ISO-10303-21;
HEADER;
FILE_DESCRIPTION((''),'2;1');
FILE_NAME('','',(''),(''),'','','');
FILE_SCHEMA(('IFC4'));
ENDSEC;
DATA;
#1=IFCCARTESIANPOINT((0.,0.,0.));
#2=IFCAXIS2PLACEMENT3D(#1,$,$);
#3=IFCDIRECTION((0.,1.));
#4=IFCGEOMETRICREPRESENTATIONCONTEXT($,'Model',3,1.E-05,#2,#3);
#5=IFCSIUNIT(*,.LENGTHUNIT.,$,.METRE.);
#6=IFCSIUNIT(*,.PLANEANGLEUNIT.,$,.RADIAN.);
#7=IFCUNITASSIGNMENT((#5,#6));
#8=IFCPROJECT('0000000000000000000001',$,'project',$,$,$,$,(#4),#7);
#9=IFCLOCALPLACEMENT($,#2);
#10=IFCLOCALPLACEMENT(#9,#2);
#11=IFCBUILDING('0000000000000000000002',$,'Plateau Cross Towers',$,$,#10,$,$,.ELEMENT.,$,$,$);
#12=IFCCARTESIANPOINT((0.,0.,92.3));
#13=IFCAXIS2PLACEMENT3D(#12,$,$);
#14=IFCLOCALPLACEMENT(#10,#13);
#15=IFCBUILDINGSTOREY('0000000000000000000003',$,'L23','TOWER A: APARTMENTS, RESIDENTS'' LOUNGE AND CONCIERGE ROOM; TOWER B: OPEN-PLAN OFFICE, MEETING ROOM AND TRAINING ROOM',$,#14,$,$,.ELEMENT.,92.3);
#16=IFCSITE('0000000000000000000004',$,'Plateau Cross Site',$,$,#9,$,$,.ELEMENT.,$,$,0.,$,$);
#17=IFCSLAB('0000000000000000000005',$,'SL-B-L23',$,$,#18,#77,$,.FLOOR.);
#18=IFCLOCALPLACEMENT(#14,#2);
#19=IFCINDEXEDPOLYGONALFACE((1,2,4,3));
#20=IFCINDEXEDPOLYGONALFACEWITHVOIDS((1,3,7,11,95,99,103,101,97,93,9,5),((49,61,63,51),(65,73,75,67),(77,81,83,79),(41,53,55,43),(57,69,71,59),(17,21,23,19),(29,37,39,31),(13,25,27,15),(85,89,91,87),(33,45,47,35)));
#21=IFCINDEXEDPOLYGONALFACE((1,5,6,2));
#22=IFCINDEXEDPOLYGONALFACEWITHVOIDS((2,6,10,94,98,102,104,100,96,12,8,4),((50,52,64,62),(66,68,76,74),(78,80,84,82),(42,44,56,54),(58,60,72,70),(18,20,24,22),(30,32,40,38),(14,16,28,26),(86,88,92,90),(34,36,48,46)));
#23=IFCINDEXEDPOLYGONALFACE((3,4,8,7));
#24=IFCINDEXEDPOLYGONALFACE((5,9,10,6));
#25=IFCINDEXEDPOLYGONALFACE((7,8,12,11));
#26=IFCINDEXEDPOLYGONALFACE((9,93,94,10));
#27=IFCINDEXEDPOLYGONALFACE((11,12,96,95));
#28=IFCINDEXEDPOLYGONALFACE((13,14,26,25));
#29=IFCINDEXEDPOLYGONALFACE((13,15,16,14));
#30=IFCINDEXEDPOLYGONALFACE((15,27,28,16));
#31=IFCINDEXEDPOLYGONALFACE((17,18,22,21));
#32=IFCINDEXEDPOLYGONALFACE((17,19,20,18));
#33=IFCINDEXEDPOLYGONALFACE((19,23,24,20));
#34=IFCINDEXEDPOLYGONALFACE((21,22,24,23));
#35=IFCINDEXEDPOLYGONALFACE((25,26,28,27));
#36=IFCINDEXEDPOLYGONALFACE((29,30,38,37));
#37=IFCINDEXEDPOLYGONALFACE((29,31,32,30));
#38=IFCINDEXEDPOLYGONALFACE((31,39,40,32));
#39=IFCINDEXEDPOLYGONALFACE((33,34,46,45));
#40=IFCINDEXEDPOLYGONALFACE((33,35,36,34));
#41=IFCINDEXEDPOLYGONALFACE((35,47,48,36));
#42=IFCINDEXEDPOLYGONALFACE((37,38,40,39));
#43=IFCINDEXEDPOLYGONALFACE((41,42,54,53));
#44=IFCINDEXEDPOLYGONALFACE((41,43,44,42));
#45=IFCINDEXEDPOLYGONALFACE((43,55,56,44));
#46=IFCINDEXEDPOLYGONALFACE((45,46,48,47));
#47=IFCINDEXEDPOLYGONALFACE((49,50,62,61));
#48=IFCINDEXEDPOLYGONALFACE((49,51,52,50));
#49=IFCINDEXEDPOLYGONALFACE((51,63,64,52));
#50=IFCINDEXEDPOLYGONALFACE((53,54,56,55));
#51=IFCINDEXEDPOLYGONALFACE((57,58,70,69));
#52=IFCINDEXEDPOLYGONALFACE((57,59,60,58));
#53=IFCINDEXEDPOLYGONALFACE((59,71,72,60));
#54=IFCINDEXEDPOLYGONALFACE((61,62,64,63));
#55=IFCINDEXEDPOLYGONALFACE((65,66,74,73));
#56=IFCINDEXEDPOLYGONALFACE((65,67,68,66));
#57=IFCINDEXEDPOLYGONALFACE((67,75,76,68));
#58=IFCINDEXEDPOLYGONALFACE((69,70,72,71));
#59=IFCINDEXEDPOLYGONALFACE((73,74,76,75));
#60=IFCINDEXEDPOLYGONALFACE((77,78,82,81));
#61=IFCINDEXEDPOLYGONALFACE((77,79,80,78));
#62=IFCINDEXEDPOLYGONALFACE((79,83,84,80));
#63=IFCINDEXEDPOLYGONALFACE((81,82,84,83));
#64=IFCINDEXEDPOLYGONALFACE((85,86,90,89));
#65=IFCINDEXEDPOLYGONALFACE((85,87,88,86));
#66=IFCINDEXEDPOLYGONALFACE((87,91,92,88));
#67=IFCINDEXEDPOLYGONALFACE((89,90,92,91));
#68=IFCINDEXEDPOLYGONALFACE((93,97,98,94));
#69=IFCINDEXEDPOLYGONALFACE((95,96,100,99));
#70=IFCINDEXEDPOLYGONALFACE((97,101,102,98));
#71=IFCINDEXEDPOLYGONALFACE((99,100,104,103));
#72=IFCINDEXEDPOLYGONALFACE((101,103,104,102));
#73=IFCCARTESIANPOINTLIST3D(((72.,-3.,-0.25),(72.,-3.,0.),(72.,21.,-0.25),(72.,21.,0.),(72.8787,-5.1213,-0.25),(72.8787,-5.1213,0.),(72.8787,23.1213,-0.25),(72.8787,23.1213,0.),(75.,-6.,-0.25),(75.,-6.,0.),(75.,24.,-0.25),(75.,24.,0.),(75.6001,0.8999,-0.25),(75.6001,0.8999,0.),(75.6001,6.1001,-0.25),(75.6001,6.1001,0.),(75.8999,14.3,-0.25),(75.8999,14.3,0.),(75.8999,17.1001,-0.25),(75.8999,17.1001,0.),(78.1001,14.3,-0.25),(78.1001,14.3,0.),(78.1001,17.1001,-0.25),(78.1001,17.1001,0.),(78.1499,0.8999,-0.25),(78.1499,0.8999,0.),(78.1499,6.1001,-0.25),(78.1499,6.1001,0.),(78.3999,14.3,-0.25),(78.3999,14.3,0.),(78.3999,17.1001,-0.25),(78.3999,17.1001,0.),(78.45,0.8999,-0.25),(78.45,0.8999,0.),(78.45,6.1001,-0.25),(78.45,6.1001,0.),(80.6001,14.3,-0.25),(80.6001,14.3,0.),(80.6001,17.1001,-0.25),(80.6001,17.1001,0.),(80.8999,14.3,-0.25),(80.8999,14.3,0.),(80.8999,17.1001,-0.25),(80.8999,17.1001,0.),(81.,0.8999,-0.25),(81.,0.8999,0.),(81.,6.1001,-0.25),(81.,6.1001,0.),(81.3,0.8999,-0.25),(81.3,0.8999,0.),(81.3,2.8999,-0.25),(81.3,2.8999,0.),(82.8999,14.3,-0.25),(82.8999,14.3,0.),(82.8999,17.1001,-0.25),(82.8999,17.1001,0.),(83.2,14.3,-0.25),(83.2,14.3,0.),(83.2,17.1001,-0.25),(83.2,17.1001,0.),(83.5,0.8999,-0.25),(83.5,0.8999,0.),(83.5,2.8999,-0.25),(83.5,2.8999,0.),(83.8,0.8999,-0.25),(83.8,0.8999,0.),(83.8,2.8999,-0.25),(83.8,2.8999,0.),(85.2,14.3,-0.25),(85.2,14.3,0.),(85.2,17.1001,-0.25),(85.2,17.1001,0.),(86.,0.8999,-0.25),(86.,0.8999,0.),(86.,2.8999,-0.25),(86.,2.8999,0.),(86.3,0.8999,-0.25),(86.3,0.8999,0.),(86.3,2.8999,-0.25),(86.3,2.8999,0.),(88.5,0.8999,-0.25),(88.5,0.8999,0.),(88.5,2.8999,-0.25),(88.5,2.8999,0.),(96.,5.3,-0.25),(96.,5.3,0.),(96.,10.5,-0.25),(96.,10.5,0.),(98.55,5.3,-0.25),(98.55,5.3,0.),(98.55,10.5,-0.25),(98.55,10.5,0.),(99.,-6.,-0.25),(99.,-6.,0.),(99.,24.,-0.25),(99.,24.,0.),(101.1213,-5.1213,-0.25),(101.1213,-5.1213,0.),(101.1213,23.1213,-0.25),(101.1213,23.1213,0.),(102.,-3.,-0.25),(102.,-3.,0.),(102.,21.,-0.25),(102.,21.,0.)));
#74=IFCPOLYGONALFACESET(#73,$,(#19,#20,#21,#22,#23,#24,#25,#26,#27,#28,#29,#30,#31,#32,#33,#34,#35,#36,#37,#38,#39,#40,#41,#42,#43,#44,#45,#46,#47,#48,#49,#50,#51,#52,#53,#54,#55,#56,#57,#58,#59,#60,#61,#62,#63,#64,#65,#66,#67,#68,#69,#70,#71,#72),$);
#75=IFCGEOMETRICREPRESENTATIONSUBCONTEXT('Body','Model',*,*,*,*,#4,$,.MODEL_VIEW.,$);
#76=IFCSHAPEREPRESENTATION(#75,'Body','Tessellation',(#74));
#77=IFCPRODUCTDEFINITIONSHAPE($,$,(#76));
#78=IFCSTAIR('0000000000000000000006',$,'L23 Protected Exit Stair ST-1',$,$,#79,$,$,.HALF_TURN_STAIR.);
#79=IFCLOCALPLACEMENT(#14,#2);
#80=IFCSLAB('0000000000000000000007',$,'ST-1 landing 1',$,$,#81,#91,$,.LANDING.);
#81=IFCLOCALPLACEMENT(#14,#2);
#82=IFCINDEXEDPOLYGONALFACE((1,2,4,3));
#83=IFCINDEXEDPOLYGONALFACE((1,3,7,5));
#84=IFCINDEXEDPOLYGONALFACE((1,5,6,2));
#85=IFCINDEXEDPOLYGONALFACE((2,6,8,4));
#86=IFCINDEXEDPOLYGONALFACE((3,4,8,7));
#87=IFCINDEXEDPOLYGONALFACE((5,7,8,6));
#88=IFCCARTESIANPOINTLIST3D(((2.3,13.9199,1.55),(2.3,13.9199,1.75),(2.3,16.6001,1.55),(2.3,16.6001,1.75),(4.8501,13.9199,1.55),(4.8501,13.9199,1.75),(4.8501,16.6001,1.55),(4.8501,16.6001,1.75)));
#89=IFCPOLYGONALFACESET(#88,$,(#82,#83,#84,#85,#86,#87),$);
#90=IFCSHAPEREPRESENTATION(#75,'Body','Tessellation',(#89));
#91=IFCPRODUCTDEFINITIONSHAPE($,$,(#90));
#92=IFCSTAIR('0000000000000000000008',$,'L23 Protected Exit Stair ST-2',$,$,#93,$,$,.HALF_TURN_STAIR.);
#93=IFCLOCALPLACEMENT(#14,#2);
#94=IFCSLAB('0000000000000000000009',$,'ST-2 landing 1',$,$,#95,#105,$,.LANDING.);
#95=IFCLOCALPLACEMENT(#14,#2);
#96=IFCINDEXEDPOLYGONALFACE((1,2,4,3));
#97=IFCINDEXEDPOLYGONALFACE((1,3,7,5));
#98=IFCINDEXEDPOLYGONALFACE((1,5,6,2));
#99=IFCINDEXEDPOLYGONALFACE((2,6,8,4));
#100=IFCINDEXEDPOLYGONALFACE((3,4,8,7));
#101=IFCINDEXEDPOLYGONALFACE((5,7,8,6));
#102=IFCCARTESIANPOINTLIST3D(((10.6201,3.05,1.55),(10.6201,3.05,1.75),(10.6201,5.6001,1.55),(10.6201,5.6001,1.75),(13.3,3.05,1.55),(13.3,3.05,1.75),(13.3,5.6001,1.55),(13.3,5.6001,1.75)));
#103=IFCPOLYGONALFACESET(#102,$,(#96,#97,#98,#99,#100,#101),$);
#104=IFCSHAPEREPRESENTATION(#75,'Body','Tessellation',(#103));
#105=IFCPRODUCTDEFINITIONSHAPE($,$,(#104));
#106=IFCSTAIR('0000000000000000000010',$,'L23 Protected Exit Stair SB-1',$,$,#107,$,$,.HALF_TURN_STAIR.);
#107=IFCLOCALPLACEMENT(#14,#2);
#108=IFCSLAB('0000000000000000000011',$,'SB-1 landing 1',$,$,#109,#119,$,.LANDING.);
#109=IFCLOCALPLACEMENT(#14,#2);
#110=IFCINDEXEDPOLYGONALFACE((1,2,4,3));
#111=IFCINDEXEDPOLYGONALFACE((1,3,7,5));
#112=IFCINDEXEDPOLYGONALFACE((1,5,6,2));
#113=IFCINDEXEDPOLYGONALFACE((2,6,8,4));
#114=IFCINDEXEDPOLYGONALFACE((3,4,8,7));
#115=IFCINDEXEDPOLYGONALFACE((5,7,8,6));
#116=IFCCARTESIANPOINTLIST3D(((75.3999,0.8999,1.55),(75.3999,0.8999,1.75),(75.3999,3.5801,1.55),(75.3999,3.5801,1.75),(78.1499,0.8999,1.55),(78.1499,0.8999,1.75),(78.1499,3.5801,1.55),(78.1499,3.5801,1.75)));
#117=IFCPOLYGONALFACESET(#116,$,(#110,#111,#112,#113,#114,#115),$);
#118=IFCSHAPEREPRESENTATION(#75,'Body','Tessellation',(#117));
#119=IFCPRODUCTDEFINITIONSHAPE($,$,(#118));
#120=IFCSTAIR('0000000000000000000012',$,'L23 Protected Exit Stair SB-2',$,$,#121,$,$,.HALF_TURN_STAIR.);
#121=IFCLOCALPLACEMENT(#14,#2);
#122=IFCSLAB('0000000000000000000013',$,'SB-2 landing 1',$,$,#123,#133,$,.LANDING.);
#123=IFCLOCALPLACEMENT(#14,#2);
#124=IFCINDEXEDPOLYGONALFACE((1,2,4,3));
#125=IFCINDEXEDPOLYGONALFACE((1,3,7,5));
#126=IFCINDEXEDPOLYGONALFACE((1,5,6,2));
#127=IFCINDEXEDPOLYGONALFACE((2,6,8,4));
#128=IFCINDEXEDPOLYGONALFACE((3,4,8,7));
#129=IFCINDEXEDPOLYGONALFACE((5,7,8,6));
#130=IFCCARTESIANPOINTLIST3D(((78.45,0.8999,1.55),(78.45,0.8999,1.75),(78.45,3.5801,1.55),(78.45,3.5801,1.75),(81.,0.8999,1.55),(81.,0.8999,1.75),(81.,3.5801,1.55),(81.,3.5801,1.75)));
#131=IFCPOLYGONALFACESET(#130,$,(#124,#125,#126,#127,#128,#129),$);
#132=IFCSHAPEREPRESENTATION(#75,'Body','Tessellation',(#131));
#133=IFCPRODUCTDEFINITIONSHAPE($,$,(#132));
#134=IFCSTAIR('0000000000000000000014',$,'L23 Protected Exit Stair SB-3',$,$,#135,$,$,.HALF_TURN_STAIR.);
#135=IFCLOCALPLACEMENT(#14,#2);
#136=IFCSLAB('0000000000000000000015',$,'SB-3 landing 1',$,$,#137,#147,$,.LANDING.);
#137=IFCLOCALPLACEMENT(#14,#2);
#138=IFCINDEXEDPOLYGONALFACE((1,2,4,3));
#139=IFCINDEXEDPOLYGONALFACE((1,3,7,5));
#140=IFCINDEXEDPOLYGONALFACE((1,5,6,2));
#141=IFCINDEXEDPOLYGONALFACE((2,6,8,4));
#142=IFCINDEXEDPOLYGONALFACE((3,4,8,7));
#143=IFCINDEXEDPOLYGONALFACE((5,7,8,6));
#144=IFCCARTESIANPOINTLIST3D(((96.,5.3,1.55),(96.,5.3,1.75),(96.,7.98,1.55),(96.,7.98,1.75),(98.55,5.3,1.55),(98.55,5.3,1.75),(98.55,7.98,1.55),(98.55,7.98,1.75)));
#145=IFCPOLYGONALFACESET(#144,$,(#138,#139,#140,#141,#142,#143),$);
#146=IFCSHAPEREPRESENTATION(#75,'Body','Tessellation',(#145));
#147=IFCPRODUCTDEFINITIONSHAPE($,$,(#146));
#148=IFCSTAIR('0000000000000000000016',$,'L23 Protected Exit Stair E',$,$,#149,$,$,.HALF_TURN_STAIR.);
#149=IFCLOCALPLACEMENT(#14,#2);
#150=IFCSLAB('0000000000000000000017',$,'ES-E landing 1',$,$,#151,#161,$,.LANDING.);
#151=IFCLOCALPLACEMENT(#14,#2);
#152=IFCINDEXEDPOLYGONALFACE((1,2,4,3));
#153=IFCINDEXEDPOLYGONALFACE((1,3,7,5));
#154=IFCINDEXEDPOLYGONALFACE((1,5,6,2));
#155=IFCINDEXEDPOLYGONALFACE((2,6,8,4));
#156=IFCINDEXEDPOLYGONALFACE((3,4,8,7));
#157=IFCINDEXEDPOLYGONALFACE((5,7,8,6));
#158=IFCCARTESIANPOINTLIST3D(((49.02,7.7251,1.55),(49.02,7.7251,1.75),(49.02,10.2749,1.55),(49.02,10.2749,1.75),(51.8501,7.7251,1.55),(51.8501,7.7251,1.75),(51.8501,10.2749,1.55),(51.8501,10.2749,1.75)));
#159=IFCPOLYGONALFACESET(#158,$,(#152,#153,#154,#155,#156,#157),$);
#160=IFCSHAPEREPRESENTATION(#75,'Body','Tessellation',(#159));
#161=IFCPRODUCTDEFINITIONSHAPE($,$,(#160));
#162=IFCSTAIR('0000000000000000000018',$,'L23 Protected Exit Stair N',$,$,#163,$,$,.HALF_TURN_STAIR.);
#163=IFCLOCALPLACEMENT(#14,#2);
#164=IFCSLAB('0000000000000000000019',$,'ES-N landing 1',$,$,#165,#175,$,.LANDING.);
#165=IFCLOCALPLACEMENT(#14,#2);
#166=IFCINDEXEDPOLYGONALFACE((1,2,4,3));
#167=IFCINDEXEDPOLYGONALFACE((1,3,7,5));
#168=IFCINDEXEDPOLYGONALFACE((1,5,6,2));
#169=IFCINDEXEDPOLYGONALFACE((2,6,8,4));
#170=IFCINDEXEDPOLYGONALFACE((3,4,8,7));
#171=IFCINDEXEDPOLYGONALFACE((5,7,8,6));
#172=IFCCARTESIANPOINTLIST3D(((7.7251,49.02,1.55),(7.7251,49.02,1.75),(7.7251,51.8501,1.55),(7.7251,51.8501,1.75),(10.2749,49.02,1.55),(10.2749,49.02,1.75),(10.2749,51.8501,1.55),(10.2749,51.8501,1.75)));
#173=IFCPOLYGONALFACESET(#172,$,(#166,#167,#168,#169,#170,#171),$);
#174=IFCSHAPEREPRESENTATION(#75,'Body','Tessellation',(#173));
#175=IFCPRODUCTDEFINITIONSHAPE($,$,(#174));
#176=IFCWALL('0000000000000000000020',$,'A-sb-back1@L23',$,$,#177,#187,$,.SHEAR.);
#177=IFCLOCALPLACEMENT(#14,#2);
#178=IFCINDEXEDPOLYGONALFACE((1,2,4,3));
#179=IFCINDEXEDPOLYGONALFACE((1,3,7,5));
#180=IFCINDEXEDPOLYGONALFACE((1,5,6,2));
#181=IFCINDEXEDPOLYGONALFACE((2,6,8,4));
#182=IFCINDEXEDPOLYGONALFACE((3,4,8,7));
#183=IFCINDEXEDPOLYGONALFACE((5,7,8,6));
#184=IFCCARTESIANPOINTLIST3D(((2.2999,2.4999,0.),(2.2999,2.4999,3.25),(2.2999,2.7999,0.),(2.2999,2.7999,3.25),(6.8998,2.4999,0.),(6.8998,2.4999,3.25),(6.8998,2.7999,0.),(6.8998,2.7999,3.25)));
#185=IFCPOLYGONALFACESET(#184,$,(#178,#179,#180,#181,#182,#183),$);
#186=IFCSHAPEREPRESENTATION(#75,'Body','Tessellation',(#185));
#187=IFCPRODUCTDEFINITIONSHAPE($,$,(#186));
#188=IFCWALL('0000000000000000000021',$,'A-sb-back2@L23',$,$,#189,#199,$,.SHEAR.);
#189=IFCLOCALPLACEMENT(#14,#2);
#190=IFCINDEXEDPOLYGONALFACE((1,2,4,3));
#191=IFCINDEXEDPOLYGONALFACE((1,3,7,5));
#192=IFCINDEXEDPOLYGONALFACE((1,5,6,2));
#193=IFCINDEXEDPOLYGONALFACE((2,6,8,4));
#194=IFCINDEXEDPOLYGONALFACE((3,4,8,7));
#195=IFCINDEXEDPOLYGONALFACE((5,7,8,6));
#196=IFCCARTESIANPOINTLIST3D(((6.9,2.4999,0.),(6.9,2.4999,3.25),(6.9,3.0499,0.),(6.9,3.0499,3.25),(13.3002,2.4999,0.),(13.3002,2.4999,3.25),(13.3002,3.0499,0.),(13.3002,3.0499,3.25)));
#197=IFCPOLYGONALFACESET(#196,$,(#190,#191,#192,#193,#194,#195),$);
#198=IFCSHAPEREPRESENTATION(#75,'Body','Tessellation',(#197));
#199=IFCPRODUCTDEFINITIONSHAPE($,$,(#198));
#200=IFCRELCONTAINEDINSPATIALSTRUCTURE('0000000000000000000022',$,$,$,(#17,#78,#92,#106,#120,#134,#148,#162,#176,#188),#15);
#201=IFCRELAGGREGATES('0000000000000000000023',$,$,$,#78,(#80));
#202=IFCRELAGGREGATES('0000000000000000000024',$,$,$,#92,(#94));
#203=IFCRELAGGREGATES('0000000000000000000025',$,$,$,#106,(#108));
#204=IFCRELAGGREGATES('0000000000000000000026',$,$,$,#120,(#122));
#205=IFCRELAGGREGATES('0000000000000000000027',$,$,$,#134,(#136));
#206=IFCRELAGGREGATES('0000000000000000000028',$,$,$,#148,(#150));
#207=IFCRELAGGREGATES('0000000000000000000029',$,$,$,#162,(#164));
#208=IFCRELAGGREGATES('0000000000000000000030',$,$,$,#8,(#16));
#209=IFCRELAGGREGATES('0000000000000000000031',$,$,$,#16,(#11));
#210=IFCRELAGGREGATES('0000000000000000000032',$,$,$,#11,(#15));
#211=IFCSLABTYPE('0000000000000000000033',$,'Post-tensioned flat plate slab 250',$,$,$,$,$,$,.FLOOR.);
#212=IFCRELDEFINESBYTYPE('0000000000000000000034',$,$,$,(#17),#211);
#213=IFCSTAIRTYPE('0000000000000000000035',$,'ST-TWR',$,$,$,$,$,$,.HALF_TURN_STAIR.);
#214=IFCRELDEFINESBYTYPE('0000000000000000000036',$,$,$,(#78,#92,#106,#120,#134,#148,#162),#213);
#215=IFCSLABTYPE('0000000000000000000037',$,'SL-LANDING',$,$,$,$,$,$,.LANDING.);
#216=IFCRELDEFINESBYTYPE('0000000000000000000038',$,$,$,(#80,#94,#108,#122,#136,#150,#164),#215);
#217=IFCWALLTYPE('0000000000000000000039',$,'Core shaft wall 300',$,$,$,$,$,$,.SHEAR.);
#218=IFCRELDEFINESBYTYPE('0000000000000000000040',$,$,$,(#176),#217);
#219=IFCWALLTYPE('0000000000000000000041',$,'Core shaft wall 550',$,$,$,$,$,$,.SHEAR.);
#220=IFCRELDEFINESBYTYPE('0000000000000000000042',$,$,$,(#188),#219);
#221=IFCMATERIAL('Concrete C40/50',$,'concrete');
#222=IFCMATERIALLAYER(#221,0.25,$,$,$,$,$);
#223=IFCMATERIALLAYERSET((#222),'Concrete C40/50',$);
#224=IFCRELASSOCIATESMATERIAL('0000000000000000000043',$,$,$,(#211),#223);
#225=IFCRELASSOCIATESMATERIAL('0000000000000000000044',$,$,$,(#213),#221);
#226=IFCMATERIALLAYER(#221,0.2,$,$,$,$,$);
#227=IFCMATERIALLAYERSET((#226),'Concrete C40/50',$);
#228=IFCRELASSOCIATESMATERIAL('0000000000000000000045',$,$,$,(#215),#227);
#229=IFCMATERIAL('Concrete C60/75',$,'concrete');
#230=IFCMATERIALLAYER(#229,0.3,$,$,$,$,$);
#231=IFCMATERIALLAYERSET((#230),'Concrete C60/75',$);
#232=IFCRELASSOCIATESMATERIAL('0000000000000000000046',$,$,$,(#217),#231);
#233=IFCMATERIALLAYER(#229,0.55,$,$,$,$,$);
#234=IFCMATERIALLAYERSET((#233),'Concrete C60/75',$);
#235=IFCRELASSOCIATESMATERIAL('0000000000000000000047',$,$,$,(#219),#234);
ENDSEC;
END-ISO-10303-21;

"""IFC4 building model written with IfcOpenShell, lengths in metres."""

from ifc_helpers import new_model, si_unit, direction, frame, frame_2d, origin, place, context, subcontext, project, spatial, polyline, rectangle, outline, extrude, material, layer, layer_set, type_object, element, aggregate, save


model = new_model("IFC4")

# Units and contexts
model_context = context("Model", 3, precision=1e-05, world=origin(), true_north=direction((0.0, 1.0)))
body_context = subcontext(model_context, "Body", "Model", "MODEL_VIEW")
ifc_project = project(units=[si_unit("LENGTHUNIT", "METRE"), si_unit("PLANEANGLEUNIT", "RADIAN")], contexts=[model_context])

# Site, building, storey
site_placement = place(None, origin())
site = spatial("IfcSite", under=ifc_project, at=site_placement, Name="Plateau Cross Site", CompositionType="ELEMENT", RefElevation=0.0)
building_placement = place(site_placement, origin())
building = spatial("IfcBuilding", under=site, at=building_placement, Name="Plateau Cross Towers", CompositionType="ELEMENT")
storey_placement = place(building_placement, frame((0.0, 0.0, 92.3)))
storey = spatial("IfcBuildingStorey", under=building, at=storey_placement, Name="L23", Description="TOWER A: APARTMENTS, RESIDENTS' LOUNGE AND CONCIERGE ROOM; TOWER B: OPEN-PLAN OFFICE, MEETING ROOM AND TRAINING ROOM", CompositionType="ELEMENT", Elevation=92.3)

# Shared definitions
ifc_material_1 = material(Name="Concrete C60/75", Category="concrete")

# Shared definitions
ifc_material_2 = material(Name="Concrete C40/50", Category="concrete")

# Slab
ifc_layer_1 = layer(ifc_material_2, 0.25)
ifc_layer_set_1 = layer_set([ifc_layer_1], Name="Concrete C40/50")
slab_type_1 = type_object("IfcSlabType", Name="Post-tensioned flat plate slab 250", PredefinedType="FLOOR", material=ifc_layer_set_1)
slab_1_placement = place(storey_placement, frame((0.0, 0.0, -0.25)))
element("IfcSlab", 1, at=slab_1_placement, inside=storey, type_object=slab_type_1, Name="SL-B-L23", PredefinedType="FLOOR", context=body_context, shape_type="SweptSolid", body=[
    extrude(outline(polyline([(72.8787, -5.1213), (72.0, -3.0), (72.0, 21.0), (72.8787, 23.1213), (75.0, 24.0), (99.0, 24.0), (101.1213, 23.1213), (102.0, 21.0), (102.0, -3.0), (101.1213, -5.1213), (99.0, -6.0), (75.0, -6.0), (72.8787, -5.1213)]), holes=[polyline([(75.6001, 0.8999), (78.1499, 0.8999), (78.1499, 6.1001), (75.6001, 6.1001), (75.6001, 0.8999)]), polyline([(78.1001, 14.3), (78.1001, 17.1001), (75.8999, 17.1001), (75.8999, 14.3), (78.1001, 14.3)]), polyline([(83.5, 0.8999), (83.5, 2.8999), (81.3, 2.8999), (81.3, 0.8999), (83.5, 0.8999)]), polyline([(86.0, 0.8999), (86.0, 2.8999), (83.8, 2.8999), (83.8, 0.8999), (86.0, 0.8999)]), polyline([(88.5, 0.8999), (88.5, 2.8999), (86.3, 2.8999), (86.3, 0.8999), (88.5, 0.8999)]), polyline([(78.45, 0.8999), (81.0, 0.8999), (81.0, 6.1001), (78.45, 6.1001), (78.45, 0.8999)]), polyline([(96.0, 5.3), (98.55, 5.3), (98.55, 10.5), (96.0, 10.5), (96.0, 5.3)]), polyline([(80.6001, 14.3), (80.6001, 17.1001), (78.3999, 17.1001), (78.3999, 14.3), (80.6001, 14.3)]), polyline([(80.8999, 14.3), (82.8999, 14.3), (82.8999, 17.1001), (80.8999, 17.1001), (80.8999, 14.3)]), polyline([(83.2, 14.3), (85.2, 14.3), (85.2, 17.1001), (83.2, 17.1001), (83.2, 14.3)])]), origin(), (0.0, 0.0, 1.0), 0.25),
])

# Stairs, slabs
stair_type = type_object("IfcStairType", Name="ST-TWR", PredefinedType="HALF_TURN_STAIR", material=ifc_material_2)
stair_1_placement = place(storey_placement, origin())
stair_1 = element("IfcStair", 2, at=stair_1_placement, inside=storey, type_object=stair_type, Name="L23 Protected Exit Stair ST-1", PredefinedType="HALF_TURN_STAIR")
ifc_layer_2 = layer(ifc_material_2, 0.2)
ifc_layer_set_2 = layer_set([ifc_layer_2], Name="Concrete C40/50")
slab_type_2 = type_object("IfcSlabType", Name="SL-LANDING", PredefinedType="LANDING", material=ifc_layer_set_2)
slab_2_placement = place(storey_placement, frame((0.0, 0.0, 1.55)))
slab_2 = element("IfcSlab", 3, at=slab_2_placement, type_object=slab_type_2, Name="ST-1 landing 1", PredefinedType="LANDING", context=body_context, shape_type="SweptSolid", body=[
    extrude(outline(polyline([(4.8501, 13.9199), (4.8501, 16.6001), (2.3, 16.6001), (2.3, 13.9199), (4.8501, 13.9199)])), origin(), (0.0, 0.0, 1.0), 0.2),
])
aggregate(stair_1, [slab_2])
stair_2_placement = place(storey_placement, origin())
stair_2 = element("IfcStair", 4, at=stair_2_placement, inside=storey, type_object=stair_type, Name="L23 Protected Exit Stair ST-2", PredefinedType="HALF_TURN_STAIR")
slab_3_placement = place(storey_placement, frame((0.0, 0.0, 1.55)))
slab_3 = element("IfcSlab", 5, at=slab_3_placement, type_object=slab_type_2, Name="ST-2 landing 1", PredefinedType="LANDING", context=body_context, shape_type="SweptSolid", body=[
    extrude(outline(polyline([(10.6201, 3.05), (13.3, 3.05), (13.3, 5.6001), (10.6201, 5.6001), (10.6201, 3.05)])), origin(), (0.0, 0.0, 1.0), 0.2),
])
aggregate(stair_2, [slab_3])
stair_3_placement = place(storey_placement, origin())
stair_3 = element("IfcStair", 6, at=stair_3_placement, inside=storey, type_object=stair_type, Name="L23 Protected Exit Stair SB-1", PredefinedType="HALF_TURN_STAIR")
slab_4_placement = place(storey_placement, frame((0.0, 0.0, 1.55)))
slab_4 = element("IfcSlab", 7, at=slab_4_placement, type_object=slab_type_2, Name="SB-1 landing 1", PredefinedType="LANDING", context=body_context, shape_type="SweptSolid", body=[
    extrude(outline(polyline([(75.3999, 3.5801), (75.3999, 0.8999), (78.1499, 0.8999), (78.1499, 3.5801), (75.3999, 3.5801)])), origin(), (0.0, 0.0, 1.0), 0.2),
])
aggregate(stair_3, [slab_4])
stair_4_placement = place(storey_placement, origin())
stair_4 = element("IfcStair", 8, at=stair_4_placement, inside=storey, type_object=stair_type, Name="L23 Protected Exit Stair SB-2", PredefinedType="HALF_TURN_STAIR")
slab_5_placement = place(storey_placement, frame((0.0, 0.0, 1.55)))
slab_5 = element("IfcSlab", 9, at=slab_5_placement, type_object=slab_type_2, Name="SB-2 landing 1", PredefinedType="LANDING", context=body_context, shape_type="SweptSolid", body=[
    extrude(outline(polyline([(78.45, 3.5801), (78.45, 0.8999), (81.0, 0.8999), (81.0, 3.5801), (78.45, 3.5801)])), origin(), (0.0, 0.0, 1.0), 0.2),
])
aggregate(stair_4, [slab_5])
stair_5_placement = place(storey_placement, origin())
stair_5 = element("IfcStair", 10, at=stair_5_placement, inside=storey, type_object=stair_type, Name="L23 Protected Exit Stair SB-3", PredefinedType="HALF_TURN_STAIR")
slab_6_placement = place(storey_placement, frame((0.0, 0.0, 1.55)))
slab_6 = element("IfcSlab", 11, at=slab_6_placement, type_object=slab_type_2, Name="SB-3 landing 1", PredefinedType="LANDING", context=body_context, shape_type="SweptSolid", body=[
    extrude(outline(polyline([(96.0, 7.98), (96.0, 5.3), (98.55, 5.3), (98.55, 7.98), (96.0, 7.98)])), origin(), (0.0, 0.0, 1.0), 0.2),
])
aggregate(stair_5, [slab_6])
stair_6_placement = place(storey_placement, origin())
stair_6 = element("IfcStair", 12, at=stair_6_placement, inside=storey, type_object=stair_type, Name="L23 Protected Exit Stair E", PredefinedType="HALF_TURN_STAIR")
slab_7_placement = place(storey_placement, frame((0.0, 0.0, 1.55)))
slab_7 = element("IfcSlab", 13, at=slab_7_placement, type_object=slab_type_2, Name="ES-E landing 1", PredefinedType="LANDING", context=body_context, shape_type="SweptSolid", body=[
    extrude(outline(polyline([(49.02, 7.7251), (51.8501, 7.7251), (51.8501, 10.2749), (49.02, 10.2749), (49.02, 7.7251)])), origin(), (0.0, 0.0, 1.0), 0.2),
])
aggregate(stair_6, [slab_7])
stair_7_placement = place(storey_placement, origin())
stair_7 = element("IfcStair", 14, at=stair_7_placement, inside=storey, type_object=stair_type, Name="L23 Protected Exit Stair N", PredefinedType="HALF_TURN_STAIR")
slab_8_placement = place(storey_placement, frame((0.0, 0.0, 1.55)))
slab_8 = element("IfcSlab", 15, at=slab_8_placement, type_object=slab_type_2, Name="ES-N landing 1", PredefinedType="LANDING", context=body_context, shape_type="SweptSolid", body=[
    extrude(outline(polyline([(10.2749, 49.02), (10.2749, 51.8501), (7.7251, 51.8501), (7.7251, 49.02), (10.2749, 49.02)])), origin(), (0.0, 0.0, 1.0), 0.2),
])
aggregate(stair_7, [slab_8])

# Walls
ifc_layer_3 = layer(ifc_material_1, 0.3)
ifc_layer_set_3 = layer_set([ifc_layer_3], Name="Concrete C60/75")
wall_type_1 = type_object("IfcWallType", Name="Core shaft wall 300", PredefinedType="SHEAR", material=ifc_layer_set_3)
wall_1_placement = place(storey_placement, frame((2.3, 2.6499, 0.0), z_axis=(0.0, 0.0, 1.0), x_axis=(1.0, 0.0, 0.0)))
element("IfcWall", 16, at=wall_1_placement, inside=storey, type_object=wall_type_1, Name="A-sb-back1@L23", PredefinedType="SHEAR", context=body_context, shape_type="SweptSolid", body=[
    extrude(rectangle(XDim=4.5999, YDim=0.3, at=frame_2d((2.2998, 0.0))), origin(), (0.0, 0.0, 1.0), 3.25),
])
ifc_layer_4 = layer(ifc_material_1, 0.55)
ifc_layer_set_4 = layer_set([ifc_layer_4], Name="Concrete C60/75")
wall_type_2 = type_object("IfcWallType", Name="Core shaft wall 550", PredefinedType="SHEAR", material=ifc_layer_set_4)
wall_2_placement = place(storey_placement, frame((6.8999, 2.7749, 0.0), z_axis=(0.0, 0.0, 1.0), x_axis=(1.0, 0.0, 0.0)))
element("IfcWall", 17, at=wall_2_placement, inside=storey, type_object=wall_type_2, Name="A-sb-back2@L23", PredefinedType="SHEAR", context=body_context, shape_type="SweptSolid", body=[
    extrude(rectangle(XDim=6.4001, YDim=0.55, at=frame_2d((3.2002, 0.0))), origin(), (0.0, 0.0, 1.0), 3.25),
])

save(model, "model.ifc")
